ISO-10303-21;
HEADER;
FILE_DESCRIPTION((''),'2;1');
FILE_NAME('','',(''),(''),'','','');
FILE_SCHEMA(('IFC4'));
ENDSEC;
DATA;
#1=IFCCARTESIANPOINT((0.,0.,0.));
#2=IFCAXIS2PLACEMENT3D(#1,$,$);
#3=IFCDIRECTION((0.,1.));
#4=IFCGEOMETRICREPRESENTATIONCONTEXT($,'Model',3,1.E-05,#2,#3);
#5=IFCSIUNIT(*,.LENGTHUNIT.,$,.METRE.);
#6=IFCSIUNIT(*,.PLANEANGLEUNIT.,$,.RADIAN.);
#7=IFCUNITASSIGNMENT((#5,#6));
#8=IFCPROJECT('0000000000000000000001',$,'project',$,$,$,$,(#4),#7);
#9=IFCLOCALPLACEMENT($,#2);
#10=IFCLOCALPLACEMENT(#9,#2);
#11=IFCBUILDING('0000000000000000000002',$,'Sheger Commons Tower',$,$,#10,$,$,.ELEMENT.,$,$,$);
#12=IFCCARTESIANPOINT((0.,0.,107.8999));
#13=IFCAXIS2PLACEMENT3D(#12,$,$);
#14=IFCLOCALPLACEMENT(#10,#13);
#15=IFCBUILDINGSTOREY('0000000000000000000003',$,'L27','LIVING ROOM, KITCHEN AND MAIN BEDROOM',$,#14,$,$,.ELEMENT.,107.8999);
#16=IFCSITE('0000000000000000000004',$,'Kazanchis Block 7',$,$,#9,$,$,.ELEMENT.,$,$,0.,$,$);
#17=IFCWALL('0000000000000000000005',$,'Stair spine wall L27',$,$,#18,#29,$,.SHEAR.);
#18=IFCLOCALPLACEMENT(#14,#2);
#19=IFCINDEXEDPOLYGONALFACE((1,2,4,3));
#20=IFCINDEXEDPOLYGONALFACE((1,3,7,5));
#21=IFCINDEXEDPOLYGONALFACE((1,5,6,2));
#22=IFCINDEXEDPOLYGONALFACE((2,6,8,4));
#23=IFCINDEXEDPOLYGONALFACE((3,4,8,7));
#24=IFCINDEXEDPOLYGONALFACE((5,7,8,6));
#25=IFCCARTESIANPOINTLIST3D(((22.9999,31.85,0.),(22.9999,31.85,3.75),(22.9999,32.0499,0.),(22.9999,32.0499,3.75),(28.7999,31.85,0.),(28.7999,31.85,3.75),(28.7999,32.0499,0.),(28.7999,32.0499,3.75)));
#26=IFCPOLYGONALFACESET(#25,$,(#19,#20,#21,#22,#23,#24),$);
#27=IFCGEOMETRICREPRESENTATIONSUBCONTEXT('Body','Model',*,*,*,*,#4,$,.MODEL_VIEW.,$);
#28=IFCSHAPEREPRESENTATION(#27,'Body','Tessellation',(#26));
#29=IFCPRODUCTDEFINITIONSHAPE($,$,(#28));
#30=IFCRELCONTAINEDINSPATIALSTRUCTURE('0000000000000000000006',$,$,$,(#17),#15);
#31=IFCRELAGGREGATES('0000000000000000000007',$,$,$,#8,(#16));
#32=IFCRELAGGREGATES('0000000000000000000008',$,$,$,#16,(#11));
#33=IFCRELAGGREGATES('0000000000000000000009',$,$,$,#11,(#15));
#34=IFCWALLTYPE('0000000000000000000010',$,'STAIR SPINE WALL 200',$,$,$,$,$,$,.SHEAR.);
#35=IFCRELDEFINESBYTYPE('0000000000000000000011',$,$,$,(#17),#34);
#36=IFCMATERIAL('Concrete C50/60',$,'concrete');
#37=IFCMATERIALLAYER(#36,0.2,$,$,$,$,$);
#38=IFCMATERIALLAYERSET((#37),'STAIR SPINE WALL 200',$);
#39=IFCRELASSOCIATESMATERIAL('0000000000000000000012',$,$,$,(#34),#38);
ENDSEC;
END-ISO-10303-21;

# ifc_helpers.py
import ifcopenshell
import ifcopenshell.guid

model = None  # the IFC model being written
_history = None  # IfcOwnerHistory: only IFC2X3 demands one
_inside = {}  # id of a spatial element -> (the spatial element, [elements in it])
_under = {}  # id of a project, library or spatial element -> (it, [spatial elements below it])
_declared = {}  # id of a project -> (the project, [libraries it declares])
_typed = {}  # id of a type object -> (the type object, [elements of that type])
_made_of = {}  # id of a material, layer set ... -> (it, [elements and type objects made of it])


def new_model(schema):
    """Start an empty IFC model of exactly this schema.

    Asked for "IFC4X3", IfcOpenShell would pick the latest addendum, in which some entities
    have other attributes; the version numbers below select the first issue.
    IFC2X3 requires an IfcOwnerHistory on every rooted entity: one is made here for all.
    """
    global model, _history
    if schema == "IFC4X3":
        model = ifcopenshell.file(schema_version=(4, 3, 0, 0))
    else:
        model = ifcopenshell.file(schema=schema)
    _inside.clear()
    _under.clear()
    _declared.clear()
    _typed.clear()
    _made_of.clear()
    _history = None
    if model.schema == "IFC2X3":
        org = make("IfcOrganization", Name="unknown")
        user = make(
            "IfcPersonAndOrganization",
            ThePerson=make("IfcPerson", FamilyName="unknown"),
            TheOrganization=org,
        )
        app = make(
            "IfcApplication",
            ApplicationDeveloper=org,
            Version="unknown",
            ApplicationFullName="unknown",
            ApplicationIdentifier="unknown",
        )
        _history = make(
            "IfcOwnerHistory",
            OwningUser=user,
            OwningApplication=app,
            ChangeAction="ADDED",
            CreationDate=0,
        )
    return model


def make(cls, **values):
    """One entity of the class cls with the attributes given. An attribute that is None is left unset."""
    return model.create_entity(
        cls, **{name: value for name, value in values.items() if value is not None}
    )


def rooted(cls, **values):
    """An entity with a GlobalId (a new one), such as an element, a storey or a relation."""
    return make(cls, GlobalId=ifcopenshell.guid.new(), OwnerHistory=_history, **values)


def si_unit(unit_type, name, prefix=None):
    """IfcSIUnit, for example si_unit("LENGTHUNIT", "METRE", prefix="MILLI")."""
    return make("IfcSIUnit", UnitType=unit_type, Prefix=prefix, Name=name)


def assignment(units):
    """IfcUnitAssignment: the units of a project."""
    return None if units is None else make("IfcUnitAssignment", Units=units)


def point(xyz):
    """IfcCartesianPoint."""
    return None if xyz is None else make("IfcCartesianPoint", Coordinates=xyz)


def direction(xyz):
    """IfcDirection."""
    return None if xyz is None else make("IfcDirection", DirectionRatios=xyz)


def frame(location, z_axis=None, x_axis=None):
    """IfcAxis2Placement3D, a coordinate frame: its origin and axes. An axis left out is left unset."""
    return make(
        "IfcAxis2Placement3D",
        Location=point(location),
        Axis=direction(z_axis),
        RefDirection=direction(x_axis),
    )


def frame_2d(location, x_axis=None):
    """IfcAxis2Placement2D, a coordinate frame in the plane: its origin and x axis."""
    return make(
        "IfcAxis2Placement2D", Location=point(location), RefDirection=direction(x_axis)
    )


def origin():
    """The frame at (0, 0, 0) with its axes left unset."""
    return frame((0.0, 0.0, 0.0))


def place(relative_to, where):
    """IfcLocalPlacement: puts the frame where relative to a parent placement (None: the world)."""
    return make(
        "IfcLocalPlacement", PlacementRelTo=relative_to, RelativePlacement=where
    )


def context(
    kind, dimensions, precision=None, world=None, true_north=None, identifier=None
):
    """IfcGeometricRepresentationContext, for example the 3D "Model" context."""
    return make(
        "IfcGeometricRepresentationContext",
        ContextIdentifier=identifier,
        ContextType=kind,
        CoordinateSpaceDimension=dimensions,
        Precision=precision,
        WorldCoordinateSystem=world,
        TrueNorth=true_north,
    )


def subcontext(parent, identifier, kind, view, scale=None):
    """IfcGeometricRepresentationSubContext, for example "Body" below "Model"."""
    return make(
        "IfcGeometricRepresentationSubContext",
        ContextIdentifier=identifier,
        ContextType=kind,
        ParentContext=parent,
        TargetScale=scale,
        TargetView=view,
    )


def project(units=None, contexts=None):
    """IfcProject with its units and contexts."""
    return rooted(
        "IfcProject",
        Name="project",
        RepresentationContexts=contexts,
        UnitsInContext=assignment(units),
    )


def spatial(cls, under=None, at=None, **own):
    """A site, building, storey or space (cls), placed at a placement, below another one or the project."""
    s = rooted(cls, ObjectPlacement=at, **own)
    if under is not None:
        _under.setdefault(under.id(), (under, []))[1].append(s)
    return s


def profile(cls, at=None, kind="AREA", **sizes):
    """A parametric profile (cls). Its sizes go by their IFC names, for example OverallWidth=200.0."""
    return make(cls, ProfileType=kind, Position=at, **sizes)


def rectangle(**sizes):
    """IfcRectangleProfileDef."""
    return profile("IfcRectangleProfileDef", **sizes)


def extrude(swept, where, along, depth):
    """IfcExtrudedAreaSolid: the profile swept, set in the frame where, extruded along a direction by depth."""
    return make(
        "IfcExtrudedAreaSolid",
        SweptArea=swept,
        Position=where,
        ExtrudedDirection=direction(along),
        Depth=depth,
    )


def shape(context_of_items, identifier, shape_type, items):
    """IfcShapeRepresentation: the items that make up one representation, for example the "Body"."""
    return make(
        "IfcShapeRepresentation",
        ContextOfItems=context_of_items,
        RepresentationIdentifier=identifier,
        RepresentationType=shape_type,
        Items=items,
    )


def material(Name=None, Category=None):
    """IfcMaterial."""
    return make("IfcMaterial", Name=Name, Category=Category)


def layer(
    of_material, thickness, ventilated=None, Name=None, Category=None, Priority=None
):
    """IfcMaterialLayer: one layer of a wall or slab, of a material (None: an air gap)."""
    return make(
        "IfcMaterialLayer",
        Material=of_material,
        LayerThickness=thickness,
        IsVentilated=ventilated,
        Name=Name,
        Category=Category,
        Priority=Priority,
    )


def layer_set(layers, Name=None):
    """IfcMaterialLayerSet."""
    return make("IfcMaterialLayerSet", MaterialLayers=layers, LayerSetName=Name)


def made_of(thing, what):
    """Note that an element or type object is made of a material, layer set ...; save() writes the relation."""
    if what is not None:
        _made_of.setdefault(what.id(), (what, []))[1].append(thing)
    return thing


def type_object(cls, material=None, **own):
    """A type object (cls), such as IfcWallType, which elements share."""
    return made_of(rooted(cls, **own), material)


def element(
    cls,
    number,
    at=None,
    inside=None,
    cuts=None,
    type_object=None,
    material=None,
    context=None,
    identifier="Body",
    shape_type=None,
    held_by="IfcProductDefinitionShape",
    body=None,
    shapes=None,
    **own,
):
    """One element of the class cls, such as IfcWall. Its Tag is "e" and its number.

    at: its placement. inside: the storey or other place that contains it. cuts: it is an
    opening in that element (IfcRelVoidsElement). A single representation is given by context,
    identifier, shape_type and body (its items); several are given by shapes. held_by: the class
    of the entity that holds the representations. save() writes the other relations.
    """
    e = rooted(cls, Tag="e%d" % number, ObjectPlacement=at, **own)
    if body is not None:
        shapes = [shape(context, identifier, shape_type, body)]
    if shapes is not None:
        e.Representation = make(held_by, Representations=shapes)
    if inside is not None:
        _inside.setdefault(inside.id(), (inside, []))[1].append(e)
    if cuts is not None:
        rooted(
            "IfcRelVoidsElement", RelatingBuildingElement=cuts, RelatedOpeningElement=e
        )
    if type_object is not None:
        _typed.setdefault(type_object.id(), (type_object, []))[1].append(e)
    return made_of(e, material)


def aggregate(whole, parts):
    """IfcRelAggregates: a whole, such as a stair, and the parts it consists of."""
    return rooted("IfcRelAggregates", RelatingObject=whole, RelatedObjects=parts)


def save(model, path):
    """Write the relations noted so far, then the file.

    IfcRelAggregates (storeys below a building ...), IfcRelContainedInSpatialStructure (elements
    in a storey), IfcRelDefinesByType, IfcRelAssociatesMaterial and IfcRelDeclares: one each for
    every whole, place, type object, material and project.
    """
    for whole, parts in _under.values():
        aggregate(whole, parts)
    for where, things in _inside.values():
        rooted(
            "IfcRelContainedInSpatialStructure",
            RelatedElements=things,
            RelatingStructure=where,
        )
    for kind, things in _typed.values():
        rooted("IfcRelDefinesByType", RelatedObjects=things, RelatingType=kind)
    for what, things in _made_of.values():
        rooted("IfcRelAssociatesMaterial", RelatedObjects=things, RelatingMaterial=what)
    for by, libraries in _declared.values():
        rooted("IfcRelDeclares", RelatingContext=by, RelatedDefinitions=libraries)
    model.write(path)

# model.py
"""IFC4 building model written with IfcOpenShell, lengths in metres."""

from ifc_helpers import new_model, si_unit, direction, frame, frame_2d, origin, place, context, subcontext, project, spatial, rectangle, extrude, material, layer, layer_set, type_object, element, save


model = new_model("IFC4")

# Units and contexts
model_context = context("Model", 3, precision=1e-05, world=origin(), true_north=direction((0.0, 1.0)))
body_context = subcontext(model_context, "Body", "Model", "MODEL_VIEW")
ifc_project = project(units=[si_unit("LENGTHUNIT", "METRE"), si_unit("PLANEANGLEUNIT", "RADIAN")], contexts=[model_context])

# Site, building, storey
site_placement = place(None, origin())
site = spatial("IfcSite", under=ifc_project, at=site_placement, Name="Kazanchis Block 7", CompositionType="ELEMENT", RefElevation=0.0)
building_placement = place(site_placement, origin())
building = spatial("IfcBuilding", under=site, at=building_placement, Name="Sheger Commons Tower", CompositionType="ELEMENT")
storey_placement = place(building_placement, frame((0.0, 0.0, 107.8999)))
storey = spatial("IfcBuildingStorey", under=building, at=storey_placement, Name="L27", Description="LIVING ROOM, KITCHEN AND MAIN BEDROOM", CompositionType="ELEMENT", Elevation=107.8999)

# Wall
ifc_material_1 = material(Name="Concrete C50/60", Category="concrete")
ifc_layer_1 = layer(ifc_material_1, 0.2)
ifc_layer_set_1 = layer_set([ifc_layer_1], Name="STAIR SPINE WALL 200")
wall_type_1 = type_object("IfcWallType", Name="STAIR SPINE WALL 200", PredefinedType="SHEAR", material=ifc_layer_set_1)
wall_1_placement = place(storey_placement, frame((23.0, 31.95, 0.0), z_axis=(0.0, 0.0, 1.0), x_axis=(1.0, 0.0, 0.0)))
element("IfcWall", 1, at=wall_1_placement, inside=storey, type_object=wall_type_1, Name="Stair spine wall L27", PredefinedType="SHEAR", context=body_context, shape_type="SweptSolid", body=[
    extrude(rectangle(XDim=5.8, YDim=0.2, at=frame_2d((2.8999, 0.0))), origin(), (0.0, 0.0, 1.0), 3.75),
])

save(model, "model.ifc")
